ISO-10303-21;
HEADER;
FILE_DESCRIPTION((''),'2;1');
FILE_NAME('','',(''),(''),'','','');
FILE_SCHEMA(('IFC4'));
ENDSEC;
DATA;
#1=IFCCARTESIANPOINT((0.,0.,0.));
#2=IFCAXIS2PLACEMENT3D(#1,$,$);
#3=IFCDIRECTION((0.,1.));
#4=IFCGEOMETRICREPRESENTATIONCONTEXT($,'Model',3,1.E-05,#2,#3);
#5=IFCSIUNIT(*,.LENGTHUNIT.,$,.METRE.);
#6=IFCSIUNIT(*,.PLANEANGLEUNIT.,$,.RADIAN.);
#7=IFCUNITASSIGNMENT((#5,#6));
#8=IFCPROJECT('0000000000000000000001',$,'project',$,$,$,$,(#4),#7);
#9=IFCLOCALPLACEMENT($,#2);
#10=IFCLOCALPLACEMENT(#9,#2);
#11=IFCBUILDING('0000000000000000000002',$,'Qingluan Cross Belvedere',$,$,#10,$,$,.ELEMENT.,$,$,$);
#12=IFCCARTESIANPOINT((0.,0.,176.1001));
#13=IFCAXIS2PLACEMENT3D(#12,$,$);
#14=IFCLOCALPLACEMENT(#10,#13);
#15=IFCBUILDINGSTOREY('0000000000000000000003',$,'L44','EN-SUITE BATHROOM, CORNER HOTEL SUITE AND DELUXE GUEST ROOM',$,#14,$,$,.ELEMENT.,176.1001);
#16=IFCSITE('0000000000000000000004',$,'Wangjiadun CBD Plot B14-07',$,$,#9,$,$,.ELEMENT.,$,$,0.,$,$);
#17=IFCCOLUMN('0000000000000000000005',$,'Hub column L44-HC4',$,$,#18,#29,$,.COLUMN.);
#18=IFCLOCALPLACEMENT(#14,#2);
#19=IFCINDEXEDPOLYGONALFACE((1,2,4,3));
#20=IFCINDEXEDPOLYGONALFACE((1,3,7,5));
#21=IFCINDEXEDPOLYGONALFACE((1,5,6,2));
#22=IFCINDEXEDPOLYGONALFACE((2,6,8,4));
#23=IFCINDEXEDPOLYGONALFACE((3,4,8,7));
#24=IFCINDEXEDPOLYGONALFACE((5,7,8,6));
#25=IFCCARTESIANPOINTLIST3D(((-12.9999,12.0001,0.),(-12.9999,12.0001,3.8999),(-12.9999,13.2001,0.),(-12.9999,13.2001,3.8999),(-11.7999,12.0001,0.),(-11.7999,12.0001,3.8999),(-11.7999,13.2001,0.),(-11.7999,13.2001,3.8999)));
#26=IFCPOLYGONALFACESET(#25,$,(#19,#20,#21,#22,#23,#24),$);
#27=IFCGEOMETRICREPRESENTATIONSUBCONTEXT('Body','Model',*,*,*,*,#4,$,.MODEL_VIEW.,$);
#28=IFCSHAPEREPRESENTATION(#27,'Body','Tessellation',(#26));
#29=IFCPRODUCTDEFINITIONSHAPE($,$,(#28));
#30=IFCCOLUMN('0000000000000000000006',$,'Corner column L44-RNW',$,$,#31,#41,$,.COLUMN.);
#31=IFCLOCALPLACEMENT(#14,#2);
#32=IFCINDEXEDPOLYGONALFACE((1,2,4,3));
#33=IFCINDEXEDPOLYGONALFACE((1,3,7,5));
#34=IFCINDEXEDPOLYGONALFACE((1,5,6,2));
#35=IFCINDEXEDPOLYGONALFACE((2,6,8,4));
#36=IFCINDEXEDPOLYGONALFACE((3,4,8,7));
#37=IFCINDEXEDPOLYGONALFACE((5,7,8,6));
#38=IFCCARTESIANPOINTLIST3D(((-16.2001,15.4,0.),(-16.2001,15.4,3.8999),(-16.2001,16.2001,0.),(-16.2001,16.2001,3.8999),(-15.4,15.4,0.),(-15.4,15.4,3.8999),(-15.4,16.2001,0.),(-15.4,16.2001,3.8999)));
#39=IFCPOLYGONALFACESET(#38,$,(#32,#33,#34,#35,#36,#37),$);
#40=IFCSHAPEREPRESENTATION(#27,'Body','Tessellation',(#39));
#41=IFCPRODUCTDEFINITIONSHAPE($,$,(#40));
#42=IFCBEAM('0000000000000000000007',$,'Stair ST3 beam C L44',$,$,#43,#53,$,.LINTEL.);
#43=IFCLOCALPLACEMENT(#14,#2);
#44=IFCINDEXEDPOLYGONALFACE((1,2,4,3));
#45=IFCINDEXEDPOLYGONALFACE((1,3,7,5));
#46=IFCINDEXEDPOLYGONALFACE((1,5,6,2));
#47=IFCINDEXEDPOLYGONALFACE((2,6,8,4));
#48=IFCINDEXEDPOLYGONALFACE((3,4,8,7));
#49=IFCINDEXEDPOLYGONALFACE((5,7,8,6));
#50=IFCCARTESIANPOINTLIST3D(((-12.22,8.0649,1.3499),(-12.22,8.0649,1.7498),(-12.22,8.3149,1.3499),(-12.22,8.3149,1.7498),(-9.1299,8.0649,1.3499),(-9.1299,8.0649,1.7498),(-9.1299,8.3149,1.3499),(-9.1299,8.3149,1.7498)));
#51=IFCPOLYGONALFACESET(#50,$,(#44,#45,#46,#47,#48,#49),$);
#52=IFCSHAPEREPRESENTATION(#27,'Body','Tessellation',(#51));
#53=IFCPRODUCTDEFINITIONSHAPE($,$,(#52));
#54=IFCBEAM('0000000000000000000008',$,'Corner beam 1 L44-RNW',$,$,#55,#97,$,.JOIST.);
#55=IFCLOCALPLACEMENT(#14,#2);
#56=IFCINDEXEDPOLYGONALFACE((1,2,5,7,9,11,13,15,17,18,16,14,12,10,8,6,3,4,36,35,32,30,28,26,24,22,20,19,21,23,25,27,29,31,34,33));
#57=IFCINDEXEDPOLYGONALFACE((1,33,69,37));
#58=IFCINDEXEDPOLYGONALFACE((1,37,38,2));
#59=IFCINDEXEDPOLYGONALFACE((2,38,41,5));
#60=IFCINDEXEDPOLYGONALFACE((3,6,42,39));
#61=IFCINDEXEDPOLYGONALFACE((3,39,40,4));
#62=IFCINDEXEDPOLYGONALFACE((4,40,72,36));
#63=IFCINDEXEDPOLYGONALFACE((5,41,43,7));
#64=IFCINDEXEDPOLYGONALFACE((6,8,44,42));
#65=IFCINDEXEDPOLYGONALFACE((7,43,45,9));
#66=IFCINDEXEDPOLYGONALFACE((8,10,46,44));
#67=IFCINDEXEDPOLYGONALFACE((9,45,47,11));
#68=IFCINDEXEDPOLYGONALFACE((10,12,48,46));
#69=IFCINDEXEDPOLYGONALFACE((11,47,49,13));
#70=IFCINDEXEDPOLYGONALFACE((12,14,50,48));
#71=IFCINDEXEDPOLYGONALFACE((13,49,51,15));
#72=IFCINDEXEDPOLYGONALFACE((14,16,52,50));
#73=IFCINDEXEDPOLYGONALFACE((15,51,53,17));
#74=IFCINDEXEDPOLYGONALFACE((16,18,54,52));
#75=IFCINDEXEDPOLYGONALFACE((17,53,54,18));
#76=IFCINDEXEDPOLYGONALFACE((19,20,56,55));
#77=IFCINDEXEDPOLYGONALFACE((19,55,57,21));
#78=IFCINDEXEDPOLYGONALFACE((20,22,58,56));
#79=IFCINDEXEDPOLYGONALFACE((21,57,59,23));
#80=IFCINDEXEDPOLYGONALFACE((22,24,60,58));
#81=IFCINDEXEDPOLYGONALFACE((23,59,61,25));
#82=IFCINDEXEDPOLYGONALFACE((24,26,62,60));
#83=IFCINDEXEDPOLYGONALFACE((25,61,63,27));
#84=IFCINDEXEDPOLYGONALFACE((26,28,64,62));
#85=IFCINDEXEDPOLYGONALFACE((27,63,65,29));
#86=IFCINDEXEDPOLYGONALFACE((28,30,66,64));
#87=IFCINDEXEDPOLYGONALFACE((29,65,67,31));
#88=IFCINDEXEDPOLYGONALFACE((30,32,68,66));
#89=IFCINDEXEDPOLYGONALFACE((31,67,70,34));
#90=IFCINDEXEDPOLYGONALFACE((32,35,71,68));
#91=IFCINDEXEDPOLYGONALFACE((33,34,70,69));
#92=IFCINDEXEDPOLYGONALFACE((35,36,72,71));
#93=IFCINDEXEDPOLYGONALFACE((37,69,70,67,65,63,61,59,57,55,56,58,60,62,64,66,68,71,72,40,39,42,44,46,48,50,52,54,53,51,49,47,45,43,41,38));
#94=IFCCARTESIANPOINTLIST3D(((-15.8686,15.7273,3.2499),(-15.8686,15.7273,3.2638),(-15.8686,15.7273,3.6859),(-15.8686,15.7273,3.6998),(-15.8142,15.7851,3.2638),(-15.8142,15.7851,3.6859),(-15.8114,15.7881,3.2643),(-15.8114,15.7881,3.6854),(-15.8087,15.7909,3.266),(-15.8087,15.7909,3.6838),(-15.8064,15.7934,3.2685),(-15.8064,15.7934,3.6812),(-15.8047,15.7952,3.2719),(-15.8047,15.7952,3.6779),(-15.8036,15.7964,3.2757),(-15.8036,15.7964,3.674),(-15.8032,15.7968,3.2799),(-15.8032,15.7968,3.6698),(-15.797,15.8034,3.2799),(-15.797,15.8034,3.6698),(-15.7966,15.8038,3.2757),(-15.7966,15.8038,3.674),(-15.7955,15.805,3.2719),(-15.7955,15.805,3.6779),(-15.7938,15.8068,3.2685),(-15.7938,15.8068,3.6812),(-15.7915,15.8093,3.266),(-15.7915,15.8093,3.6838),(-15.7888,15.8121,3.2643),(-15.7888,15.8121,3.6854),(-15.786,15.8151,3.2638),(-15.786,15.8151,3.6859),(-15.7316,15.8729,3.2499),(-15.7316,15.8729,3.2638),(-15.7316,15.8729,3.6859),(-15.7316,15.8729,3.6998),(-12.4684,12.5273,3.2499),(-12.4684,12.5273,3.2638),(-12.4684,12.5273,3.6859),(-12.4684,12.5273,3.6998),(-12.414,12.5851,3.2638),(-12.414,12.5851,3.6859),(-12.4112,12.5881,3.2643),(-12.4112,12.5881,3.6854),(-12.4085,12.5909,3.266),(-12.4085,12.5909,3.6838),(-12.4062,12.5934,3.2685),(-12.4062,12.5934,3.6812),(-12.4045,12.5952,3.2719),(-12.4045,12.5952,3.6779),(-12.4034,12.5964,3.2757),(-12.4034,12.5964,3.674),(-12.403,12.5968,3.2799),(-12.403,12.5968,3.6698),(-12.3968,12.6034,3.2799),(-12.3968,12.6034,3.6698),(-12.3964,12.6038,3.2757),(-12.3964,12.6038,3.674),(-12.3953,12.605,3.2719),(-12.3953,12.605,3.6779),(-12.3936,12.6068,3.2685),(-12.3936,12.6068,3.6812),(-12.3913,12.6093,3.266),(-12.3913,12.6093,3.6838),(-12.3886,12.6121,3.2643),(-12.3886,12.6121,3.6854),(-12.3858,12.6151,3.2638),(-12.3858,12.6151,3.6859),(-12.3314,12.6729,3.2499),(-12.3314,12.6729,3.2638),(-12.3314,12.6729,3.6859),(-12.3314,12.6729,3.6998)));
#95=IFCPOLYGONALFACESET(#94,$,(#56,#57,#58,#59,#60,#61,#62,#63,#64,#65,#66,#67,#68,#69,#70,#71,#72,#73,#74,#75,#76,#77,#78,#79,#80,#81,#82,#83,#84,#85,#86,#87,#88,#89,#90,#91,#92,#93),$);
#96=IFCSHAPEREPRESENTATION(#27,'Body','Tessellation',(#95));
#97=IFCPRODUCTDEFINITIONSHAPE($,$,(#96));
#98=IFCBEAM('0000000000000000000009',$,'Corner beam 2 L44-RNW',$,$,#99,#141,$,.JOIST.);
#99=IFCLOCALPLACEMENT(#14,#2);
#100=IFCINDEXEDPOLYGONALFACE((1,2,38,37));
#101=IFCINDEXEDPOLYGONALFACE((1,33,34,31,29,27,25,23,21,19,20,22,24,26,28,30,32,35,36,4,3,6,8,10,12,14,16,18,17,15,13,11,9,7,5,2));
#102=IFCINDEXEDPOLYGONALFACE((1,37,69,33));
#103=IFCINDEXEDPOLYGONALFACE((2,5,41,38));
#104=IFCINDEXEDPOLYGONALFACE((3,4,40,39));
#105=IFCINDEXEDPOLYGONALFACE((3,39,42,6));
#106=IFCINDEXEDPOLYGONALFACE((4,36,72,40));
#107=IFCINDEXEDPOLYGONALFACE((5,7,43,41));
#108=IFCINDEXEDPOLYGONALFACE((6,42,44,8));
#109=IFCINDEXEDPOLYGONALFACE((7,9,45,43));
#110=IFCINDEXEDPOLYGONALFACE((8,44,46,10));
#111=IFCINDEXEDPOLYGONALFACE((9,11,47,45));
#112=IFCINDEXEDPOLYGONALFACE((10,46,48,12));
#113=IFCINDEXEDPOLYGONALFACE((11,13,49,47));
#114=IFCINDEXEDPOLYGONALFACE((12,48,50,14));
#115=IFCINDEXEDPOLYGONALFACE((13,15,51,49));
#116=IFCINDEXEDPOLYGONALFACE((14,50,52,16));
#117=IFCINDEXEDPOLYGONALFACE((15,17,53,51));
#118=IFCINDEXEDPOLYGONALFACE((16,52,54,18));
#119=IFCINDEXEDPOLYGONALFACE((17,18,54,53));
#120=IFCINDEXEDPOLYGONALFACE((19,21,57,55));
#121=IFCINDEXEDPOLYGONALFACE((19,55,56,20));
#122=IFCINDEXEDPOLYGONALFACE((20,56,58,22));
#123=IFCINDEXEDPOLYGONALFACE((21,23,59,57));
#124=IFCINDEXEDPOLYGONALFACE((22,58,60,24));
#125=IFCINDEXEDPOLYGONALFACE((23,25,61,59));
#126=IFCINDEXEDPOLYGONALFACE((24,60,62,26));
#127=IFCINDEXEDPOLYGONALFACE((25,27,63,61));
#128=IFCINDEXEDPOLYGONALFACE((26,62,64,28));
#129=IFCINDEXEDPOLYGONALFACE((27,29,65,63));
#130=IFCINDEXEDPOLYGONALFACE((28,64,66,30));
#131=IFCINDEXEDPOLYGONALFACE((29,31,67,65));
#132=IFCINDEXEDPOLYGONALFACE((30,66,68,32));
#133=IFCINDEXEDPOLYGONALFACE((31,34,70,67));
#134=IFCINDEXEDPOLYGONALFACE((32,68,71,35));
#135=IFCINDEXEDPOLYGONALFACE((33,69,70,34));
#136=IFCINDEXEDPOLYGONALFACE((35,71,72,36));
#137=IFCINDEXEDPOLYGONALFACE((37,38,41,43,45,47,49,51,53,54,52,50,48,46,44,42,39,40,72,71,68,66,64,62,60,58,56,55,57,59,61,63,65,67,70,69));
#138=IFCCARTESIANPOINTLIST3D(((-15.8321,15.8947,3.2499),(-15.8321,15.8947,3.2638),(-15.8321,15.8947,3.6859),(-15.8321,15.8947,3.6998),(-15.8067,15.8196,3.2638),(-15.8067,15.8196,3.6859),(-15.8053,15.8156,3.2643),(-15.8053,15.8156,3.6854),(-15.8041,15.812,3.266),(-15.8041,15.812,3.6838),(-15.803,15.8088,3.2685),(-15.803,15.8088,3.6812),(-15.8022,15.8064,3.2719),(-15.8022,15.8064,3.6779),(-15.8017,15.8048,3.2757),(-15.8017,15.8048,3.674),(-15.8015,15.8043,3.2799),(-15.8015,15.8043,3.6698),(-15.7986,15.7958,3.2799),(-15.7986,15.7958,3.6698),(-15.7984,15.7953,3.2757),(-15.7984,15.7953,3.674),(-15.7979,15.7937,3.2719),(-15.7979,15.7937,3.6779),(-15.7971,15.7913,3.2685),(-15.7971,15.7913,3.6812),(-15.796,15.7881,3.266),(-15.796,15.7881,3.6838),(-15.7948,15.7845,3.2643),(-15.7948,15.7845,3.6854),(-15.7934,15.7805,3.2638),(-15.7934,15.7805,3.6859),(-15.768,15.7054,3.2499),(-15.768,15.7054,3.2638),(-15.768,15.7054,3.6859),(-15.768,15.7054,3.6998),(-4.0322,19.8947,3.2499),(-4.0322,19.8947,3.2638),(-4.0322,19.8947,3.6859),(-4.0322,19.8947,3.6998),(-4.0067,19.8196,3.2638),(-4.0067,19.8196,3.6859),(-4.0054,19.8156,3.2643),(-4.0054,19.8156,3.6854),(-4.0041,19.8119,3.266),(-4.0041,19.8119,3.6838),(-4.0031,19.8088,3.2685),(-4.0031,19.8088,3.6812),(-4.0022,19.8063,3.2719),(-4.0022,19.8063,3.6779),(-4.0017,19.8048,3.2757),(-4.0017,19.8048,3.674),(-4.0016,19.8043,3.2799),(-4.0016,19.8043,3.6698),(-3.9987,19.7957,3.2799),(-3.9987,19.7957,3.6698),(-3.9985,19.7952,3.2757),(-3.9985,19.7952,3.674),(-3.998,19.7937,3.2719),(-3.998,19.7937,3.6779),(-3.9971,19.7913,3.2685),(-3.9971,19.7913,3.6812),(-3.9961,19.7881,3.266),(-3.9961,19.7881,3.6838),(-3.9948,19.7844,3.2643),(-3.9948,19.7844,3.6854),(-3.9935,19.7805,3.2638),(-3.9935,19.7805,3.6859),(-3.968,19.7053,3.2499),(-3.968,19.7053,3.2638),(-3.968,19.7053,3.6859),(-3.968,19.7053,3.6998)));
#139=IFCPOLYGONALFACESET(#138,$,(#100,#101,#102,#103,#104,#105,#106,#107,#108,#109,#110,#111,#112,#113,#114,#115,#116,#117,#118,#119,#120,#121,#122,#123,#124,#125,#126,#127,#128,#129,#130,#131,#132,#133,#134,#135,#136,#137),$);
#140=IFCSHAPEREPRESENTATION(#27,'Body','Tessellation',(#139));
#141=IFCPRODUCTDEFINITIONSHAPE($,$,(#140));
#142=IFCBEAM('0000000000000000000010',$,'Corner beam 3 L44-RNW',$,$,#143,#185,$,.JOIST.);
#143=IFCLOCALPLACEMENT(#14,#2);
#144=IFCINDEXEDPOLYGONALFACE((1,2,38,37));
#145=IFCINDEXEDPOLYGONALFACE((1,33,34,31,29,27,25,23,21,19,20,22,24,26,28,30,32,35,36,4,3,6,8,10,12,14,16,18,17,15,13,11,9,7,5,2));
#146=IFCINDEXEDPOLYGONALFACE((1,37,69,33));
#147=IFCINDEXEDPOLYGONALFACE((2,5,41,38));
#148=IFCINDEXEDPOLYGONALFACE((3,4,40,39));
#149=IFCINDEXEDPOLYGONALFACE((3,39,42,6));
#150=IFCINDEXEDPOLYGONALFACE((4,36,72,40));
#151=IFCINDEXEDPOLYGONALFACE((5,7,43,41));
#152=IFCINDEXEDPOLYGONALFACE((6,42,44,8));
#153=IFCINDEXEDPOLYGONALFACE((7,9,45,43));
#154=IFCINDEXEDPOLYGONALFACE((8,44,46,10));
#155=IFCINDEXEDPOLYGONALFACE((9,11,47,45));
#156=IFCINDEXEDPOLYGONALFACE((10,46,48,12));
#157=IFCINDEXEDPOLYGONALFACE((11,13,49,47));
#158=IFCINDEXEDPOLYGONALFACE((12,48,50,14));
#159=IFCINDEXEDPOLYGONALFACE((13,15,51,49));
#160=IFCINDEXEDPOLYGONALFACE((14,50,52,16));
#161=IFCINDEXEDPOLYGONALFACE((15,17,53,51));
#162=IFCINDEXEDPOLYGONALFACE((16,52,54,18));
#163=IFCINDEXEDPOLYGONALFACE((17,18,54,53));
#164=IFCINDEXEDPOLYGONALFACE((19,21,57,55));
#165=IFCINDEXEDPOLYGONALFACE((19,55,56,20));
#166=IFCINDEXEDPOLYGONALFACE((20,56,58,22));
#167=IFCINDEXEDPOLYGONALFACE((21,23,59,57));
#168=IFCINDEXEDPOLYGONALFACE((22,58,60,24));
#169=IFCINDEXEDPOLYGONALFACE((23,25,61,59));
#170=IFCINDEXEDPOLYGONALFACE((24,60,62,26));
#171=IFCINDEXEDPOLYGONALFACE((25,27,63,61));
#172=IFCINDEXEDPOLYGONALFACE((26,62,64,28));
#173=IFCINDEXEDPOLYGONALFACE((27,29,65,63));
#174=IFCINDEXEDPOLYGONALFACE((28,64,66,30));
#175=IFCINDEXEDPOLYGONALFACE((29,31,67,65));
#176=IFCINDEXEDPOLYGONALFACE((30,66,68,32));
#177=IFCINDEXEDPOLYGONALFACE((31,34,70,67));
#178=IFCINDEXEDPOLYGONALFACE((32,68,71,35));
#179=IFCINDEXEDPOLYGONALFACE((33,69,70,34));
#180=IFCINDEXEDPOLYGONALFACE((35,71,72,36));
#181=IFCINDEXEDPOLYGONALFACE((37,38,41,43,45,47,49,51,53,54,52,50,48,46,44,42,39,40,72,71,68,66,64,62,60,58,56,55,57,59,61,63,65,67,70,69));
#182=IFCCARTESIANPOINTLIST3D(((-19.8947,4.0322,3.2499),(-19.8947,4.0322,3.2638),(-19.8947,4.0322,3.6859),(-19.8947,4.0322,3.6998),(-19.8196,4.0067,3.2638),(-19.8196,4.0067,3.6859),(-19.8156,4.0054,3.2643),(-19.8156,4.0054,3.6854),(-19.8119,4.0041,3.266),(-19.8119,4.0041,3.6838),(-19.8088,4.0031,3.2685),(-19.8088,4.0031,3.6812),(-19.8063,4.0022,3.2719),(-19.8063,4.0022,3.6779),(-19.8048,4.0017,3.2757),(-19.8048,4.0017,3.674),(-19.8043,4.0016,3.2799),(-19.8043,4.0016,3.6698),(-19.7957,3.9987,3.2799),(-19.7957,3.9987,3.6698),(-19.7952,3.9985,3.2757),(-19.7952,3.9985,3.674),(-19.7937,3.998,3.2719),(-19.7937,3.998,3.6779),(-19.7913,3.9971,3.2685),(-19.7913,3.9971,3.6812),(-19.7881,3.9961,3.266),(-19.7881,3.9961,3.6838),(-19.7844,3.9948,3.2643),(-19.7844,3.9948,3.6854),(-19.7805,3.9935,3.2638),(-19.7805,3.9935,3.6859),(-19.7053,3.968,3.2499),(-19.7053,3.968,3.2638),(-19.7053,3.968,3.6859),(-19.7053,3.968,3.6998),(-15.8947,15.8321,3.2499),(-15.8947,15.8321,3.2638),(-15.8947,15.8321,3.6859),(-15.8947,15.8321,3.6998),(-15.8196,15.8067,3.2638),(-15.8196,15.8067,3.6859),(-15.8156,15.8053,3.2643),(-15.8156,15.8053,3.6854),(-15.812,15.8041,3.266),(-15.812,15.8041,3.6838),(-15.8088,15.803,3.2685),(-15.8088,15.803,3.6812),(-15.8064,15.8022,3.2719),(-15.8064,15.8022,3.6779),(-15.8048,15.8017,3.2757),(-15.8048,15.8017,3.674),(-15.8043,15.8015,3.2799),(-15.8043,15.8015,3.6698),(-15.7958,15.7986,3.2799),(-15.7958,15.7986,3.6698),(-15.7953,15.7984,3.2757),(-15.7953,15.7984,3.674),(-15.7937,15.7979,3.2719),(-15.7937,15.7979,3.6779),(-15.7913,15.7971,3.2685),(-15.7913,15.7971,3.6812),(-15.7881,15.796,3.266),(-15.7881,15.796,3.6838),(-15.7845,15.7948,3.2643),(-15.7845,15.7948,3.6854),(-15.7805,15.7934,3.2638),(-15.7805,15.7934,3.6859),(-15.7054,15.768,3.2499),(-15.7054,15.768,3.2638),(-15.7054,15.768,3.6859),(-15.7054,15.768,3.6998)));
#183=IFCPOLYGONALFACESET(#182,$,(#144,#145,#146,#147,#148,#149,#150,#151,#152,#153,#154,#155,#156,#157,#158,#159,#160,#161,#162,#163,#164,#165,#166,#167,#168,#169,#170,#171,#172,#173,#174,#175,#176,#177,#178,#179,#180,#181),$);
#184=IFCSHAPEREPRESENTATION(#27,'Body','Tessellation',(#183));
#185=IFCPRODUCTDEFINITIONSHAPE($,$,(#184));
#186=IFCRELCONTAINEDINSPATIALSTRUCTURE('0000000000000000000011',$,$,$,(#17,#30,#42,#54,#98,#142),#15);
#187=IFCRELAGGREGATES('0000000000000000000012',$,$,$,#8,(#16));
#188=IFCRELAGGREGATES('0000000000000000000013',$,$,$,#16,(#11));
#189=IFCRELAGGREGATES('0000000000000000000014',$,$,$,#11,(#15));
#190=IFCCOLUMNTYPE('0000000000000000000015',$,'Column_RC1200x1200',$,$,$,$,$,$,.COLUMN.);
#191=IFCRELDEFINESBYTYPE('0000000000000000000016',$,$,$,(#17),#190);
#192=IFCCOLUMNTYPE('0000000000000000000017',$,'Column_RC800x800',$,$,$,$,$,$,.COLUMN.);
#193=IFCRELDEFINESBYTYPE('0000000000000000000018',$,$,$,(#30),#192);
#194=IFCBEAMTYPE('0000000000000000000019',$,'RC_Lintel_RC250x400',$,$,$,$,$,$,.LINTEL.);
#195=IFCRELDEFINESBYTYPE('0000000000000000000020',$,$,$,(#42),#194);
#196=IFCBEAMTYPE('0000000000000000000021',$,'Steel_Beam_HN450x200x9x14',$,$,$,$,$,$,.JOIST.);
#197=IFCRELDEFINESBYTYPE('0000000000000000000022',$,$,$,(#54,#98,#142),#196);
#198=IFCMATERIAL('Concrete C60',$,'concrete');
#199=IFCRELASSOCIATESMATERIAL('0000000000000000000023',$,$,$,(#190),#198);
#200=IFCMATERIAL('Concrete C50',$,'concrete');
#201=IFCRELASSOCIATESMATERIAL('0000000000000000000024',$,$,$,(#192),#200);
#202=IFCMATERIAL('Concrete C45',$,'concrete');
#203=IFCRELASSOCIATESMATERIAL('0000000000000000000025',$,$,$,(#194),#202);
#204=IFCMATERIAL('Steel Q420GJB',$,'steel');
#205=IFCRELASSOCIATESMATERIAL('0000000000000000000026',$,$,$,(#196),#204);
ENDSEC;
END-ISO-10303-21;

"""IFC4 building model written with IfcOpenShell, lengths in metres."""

from ifc_helpers import new_model, si_unit, direction, frame, origin, origin_2d, place, context, subcontext, project, spatial, rectangle, i_section, extrude, material, material_profile, profile_set, type_object, element, save


model = new_model("IFC4")

# Units and contexts
model_context = context("Model", 3, precision=1e-05, world=origin(), true_north=direction((0.0, 1.0)))
body_context = subcontext(model_context, "Body", "Model", "MODEL_VIEW")
ifc_project = project(units=[si_unit("LENGTHUNIT", "METRE"), si_unit("PLANEANGLEUNIT", "RADIAN")], contexts=[model_context])

# Site, building, storey
site_placement = place(None, origin())
site = spatial("IfcSite", under=ifc_project, at=site_placement, Name="Wangjiadun CBD Plot B14-07", CompositionType="ELEMENT", RefElevation=0.0)
building_placement = place(site_placement, origin())
building = spatial("IfcBuilding", under=site, at=building_placement, Name="Qingluan Cross Belvedere", CompositionType="ELEMENT")
storey_placement = place(building_placement, frame((0.0, 0.0, 176.1001)))
storey = spatial("IfcBuildingStorey", under=building, at=storey_placement, Name="L44", Description="EN-SUITE BATHROOM, CORNER HOTEL SUITE AND DELUXE GUEST ROOM", CompositionType="ELEMENT", Elevation=176.1001)

# Columns
ifc_material_1 = material(Name="Concrete C60", Category="concrete")
ifc_material_profile_1 = material_profile(ifc_material_1, rectangle(XDim=1.2, YDim=1.2, at=origin_2d()), Name="RC1200x1200")
ifc_profile_set_1 = profile_set([ifc_material_profile_1], Name="Concrete C60")
column_type_1 = type_object("IfcColumnType", Name="Column_RC1200x1200", PredefinedType="COLUMN", material=ifc_profile_set_1)
column_1_placement = place(storey_placement, frame((-12.3999, 12.6001, 0.0), z_axis=(0.0, 0.0, 1.0), x_axis=(1.0, 0.0, 0.0)))
element("IfcColumn", 1, at=column_1_placement, inside=storey, type_object=column_type_1, Name="Hub column L44-HC4", PredefinedType="COLUMN", context=body_context, shape_type="SweptSolid", body=[
    extrude(rectangle(XDim=1.2, YDim=1.2, at=origin_2d()), origin(), (0.0, 0.0, 1.0), 3.8999),
])
ifc_material_2 = material(Name="Concrete C50", Category="concrete")
ifc_material_profile_2 = material_profile(ifc_material_2, rectangle(XDim=0.8, YDim=0.8, at=origin_2d()), Name="RC800x800")
ifc_profile_set_2 = profile_set([ifc_material_profile_2], Name="Concrete C50")
column_type_2 = type_object("IfcColumnType", Name="Column_RC800x800", PredefinedType="COLUMN", material=ifc_profile_set_2)
column_2_placement = place(storey_placement, frame((-15.8, 15.8, 0.0), z_axis=(0.0, 0.0, 1.0), x_axis=(1.0, 0.0, 0.0)))
element("IfcColumn", 2, at=column_2_placement, inside=storey, type_object=column_type_2, Name="Corner column L44-RNW", PredefinedType="COLUMN", context=body_context, shape_type="SweptSolid", body=[
    extrude(rectangle(XDim=0.8, YDim=0.8, at=origin_2d()), origin(), (0.0, 0.0, 1.0), 3.8999),
])

# Beams
ifc_material_3 = material(Name="Concrete C45", Category="concrete")
ifc_material_profile_3 = material_profile(ifc_material_3, rectangle(XDim=0.25, YDim=0.3999, at=origin_2d()), Name="RC250x400")
ifc_profile_set_3 = profile_set([ifc_material_profile_3], Name="Concrete C45")
beam_type_1 = type_object("IfcBeamType", Name="RC_Lintel_RC250x400", PredefinedType="LINTEL", material=ifc_profile_set_3)
beam_1_placement = place(storey_placement, frame((-12.22, 8.1899, 1.5498), z_axis=(1.0, 0.0, 0.0), x_axis=(0.0, 1.0, 0.0)))
element("IfcBeam", 3, at=beam_1_placement, inside=storey, type_object=beam_type_1, Name="Stair ST3 beam C L44", PredefinedType="LINTEL", context=body_context, shape_type="SweptSolid", body=[
    extrude(rectangle(XDim=0.25, YDim=0.3999, at=origin_2d()), origin(), (0.0, 0.0, 1.0), 3.0901),
])
ifc_material_4 = material(Name="Steel Q420GJB", Category="steel")
ifc_material_profile_4 = material_profile(ifc_material_4, i_section(OverallWidth=0.2, OverallDepth=0.45, WebThickness=0.009, FlangeThickness=0.0139, FilletRadius=0.0161, at=origin_2d()), Name="HN450x200x9x14")
ifc_profile_set_4 = profile_set([ifc_material_profile_4], Name="Steel Q420GJB")
beam_type_2 = type_object("IfcBeamType", Name="Steel_Beam_HN450x200x9x14", PredefinedType="JOIST", material=ifc_profile_set_4)
beam_2_placement = place(storey_placement, frame((-12.3999, 12.6001, 3.4749), z_axis=(-0.72822, 0.685343, 0.0), x_axis=(-0.685343, -0.72822, 0.0)))
element("IfcBeam", 4, at=beam_2_placement, inside=storey, type_object=beam_type_2, Name="Corner beam 1 L44-RNW", PredefinedType="JOIST", context=body_context, shape_type="SweptSolid", body=[
    extrude(i_section(OverallWidth=0.2, OverallDepth=0.45, WebThickness=0.009, FlangeThickness=0.0139, FilletRadius=0.0161, at=origin_2d()), origin(), (0.0, 0.0, 1.0), 4.6692),
])
for number, where, z_axis, x_axis, name in (
    (5, (-15.8, 15.8, 3.4749), (0.947066, 0.321038, 0.0), (-0.321038, 0.947066, 0.0), "Corner beam 2 L44-RNW"),
    (6, (-15.8, 15.8, 3.4749), (-0.321038, -0.947066, 0.0), (0.947066, -0.321038, 0.0), "Corner beam 3 L44-RNW"),
):
    element("IfcBeam", number, at=place(storey_placement, frame(where, z_axis=z_axis, x_axis=x_axis)), inside=storey, type_object=beam_type_2, Name=name, PredefinedType="JOIST", context=body_context, shape_type="SweptSolid", body=[
        extrude(i_section(OverallWidth=0.2, OverallDepth=0.45, WebThickness=0.009, FlangeThickness=0.0139, FilletRadius=0.0161, at=origin_2d()), origin(), (0.0, 0.0, 1.0), 12.4595),
    ])

save(model, "model.ifc")
